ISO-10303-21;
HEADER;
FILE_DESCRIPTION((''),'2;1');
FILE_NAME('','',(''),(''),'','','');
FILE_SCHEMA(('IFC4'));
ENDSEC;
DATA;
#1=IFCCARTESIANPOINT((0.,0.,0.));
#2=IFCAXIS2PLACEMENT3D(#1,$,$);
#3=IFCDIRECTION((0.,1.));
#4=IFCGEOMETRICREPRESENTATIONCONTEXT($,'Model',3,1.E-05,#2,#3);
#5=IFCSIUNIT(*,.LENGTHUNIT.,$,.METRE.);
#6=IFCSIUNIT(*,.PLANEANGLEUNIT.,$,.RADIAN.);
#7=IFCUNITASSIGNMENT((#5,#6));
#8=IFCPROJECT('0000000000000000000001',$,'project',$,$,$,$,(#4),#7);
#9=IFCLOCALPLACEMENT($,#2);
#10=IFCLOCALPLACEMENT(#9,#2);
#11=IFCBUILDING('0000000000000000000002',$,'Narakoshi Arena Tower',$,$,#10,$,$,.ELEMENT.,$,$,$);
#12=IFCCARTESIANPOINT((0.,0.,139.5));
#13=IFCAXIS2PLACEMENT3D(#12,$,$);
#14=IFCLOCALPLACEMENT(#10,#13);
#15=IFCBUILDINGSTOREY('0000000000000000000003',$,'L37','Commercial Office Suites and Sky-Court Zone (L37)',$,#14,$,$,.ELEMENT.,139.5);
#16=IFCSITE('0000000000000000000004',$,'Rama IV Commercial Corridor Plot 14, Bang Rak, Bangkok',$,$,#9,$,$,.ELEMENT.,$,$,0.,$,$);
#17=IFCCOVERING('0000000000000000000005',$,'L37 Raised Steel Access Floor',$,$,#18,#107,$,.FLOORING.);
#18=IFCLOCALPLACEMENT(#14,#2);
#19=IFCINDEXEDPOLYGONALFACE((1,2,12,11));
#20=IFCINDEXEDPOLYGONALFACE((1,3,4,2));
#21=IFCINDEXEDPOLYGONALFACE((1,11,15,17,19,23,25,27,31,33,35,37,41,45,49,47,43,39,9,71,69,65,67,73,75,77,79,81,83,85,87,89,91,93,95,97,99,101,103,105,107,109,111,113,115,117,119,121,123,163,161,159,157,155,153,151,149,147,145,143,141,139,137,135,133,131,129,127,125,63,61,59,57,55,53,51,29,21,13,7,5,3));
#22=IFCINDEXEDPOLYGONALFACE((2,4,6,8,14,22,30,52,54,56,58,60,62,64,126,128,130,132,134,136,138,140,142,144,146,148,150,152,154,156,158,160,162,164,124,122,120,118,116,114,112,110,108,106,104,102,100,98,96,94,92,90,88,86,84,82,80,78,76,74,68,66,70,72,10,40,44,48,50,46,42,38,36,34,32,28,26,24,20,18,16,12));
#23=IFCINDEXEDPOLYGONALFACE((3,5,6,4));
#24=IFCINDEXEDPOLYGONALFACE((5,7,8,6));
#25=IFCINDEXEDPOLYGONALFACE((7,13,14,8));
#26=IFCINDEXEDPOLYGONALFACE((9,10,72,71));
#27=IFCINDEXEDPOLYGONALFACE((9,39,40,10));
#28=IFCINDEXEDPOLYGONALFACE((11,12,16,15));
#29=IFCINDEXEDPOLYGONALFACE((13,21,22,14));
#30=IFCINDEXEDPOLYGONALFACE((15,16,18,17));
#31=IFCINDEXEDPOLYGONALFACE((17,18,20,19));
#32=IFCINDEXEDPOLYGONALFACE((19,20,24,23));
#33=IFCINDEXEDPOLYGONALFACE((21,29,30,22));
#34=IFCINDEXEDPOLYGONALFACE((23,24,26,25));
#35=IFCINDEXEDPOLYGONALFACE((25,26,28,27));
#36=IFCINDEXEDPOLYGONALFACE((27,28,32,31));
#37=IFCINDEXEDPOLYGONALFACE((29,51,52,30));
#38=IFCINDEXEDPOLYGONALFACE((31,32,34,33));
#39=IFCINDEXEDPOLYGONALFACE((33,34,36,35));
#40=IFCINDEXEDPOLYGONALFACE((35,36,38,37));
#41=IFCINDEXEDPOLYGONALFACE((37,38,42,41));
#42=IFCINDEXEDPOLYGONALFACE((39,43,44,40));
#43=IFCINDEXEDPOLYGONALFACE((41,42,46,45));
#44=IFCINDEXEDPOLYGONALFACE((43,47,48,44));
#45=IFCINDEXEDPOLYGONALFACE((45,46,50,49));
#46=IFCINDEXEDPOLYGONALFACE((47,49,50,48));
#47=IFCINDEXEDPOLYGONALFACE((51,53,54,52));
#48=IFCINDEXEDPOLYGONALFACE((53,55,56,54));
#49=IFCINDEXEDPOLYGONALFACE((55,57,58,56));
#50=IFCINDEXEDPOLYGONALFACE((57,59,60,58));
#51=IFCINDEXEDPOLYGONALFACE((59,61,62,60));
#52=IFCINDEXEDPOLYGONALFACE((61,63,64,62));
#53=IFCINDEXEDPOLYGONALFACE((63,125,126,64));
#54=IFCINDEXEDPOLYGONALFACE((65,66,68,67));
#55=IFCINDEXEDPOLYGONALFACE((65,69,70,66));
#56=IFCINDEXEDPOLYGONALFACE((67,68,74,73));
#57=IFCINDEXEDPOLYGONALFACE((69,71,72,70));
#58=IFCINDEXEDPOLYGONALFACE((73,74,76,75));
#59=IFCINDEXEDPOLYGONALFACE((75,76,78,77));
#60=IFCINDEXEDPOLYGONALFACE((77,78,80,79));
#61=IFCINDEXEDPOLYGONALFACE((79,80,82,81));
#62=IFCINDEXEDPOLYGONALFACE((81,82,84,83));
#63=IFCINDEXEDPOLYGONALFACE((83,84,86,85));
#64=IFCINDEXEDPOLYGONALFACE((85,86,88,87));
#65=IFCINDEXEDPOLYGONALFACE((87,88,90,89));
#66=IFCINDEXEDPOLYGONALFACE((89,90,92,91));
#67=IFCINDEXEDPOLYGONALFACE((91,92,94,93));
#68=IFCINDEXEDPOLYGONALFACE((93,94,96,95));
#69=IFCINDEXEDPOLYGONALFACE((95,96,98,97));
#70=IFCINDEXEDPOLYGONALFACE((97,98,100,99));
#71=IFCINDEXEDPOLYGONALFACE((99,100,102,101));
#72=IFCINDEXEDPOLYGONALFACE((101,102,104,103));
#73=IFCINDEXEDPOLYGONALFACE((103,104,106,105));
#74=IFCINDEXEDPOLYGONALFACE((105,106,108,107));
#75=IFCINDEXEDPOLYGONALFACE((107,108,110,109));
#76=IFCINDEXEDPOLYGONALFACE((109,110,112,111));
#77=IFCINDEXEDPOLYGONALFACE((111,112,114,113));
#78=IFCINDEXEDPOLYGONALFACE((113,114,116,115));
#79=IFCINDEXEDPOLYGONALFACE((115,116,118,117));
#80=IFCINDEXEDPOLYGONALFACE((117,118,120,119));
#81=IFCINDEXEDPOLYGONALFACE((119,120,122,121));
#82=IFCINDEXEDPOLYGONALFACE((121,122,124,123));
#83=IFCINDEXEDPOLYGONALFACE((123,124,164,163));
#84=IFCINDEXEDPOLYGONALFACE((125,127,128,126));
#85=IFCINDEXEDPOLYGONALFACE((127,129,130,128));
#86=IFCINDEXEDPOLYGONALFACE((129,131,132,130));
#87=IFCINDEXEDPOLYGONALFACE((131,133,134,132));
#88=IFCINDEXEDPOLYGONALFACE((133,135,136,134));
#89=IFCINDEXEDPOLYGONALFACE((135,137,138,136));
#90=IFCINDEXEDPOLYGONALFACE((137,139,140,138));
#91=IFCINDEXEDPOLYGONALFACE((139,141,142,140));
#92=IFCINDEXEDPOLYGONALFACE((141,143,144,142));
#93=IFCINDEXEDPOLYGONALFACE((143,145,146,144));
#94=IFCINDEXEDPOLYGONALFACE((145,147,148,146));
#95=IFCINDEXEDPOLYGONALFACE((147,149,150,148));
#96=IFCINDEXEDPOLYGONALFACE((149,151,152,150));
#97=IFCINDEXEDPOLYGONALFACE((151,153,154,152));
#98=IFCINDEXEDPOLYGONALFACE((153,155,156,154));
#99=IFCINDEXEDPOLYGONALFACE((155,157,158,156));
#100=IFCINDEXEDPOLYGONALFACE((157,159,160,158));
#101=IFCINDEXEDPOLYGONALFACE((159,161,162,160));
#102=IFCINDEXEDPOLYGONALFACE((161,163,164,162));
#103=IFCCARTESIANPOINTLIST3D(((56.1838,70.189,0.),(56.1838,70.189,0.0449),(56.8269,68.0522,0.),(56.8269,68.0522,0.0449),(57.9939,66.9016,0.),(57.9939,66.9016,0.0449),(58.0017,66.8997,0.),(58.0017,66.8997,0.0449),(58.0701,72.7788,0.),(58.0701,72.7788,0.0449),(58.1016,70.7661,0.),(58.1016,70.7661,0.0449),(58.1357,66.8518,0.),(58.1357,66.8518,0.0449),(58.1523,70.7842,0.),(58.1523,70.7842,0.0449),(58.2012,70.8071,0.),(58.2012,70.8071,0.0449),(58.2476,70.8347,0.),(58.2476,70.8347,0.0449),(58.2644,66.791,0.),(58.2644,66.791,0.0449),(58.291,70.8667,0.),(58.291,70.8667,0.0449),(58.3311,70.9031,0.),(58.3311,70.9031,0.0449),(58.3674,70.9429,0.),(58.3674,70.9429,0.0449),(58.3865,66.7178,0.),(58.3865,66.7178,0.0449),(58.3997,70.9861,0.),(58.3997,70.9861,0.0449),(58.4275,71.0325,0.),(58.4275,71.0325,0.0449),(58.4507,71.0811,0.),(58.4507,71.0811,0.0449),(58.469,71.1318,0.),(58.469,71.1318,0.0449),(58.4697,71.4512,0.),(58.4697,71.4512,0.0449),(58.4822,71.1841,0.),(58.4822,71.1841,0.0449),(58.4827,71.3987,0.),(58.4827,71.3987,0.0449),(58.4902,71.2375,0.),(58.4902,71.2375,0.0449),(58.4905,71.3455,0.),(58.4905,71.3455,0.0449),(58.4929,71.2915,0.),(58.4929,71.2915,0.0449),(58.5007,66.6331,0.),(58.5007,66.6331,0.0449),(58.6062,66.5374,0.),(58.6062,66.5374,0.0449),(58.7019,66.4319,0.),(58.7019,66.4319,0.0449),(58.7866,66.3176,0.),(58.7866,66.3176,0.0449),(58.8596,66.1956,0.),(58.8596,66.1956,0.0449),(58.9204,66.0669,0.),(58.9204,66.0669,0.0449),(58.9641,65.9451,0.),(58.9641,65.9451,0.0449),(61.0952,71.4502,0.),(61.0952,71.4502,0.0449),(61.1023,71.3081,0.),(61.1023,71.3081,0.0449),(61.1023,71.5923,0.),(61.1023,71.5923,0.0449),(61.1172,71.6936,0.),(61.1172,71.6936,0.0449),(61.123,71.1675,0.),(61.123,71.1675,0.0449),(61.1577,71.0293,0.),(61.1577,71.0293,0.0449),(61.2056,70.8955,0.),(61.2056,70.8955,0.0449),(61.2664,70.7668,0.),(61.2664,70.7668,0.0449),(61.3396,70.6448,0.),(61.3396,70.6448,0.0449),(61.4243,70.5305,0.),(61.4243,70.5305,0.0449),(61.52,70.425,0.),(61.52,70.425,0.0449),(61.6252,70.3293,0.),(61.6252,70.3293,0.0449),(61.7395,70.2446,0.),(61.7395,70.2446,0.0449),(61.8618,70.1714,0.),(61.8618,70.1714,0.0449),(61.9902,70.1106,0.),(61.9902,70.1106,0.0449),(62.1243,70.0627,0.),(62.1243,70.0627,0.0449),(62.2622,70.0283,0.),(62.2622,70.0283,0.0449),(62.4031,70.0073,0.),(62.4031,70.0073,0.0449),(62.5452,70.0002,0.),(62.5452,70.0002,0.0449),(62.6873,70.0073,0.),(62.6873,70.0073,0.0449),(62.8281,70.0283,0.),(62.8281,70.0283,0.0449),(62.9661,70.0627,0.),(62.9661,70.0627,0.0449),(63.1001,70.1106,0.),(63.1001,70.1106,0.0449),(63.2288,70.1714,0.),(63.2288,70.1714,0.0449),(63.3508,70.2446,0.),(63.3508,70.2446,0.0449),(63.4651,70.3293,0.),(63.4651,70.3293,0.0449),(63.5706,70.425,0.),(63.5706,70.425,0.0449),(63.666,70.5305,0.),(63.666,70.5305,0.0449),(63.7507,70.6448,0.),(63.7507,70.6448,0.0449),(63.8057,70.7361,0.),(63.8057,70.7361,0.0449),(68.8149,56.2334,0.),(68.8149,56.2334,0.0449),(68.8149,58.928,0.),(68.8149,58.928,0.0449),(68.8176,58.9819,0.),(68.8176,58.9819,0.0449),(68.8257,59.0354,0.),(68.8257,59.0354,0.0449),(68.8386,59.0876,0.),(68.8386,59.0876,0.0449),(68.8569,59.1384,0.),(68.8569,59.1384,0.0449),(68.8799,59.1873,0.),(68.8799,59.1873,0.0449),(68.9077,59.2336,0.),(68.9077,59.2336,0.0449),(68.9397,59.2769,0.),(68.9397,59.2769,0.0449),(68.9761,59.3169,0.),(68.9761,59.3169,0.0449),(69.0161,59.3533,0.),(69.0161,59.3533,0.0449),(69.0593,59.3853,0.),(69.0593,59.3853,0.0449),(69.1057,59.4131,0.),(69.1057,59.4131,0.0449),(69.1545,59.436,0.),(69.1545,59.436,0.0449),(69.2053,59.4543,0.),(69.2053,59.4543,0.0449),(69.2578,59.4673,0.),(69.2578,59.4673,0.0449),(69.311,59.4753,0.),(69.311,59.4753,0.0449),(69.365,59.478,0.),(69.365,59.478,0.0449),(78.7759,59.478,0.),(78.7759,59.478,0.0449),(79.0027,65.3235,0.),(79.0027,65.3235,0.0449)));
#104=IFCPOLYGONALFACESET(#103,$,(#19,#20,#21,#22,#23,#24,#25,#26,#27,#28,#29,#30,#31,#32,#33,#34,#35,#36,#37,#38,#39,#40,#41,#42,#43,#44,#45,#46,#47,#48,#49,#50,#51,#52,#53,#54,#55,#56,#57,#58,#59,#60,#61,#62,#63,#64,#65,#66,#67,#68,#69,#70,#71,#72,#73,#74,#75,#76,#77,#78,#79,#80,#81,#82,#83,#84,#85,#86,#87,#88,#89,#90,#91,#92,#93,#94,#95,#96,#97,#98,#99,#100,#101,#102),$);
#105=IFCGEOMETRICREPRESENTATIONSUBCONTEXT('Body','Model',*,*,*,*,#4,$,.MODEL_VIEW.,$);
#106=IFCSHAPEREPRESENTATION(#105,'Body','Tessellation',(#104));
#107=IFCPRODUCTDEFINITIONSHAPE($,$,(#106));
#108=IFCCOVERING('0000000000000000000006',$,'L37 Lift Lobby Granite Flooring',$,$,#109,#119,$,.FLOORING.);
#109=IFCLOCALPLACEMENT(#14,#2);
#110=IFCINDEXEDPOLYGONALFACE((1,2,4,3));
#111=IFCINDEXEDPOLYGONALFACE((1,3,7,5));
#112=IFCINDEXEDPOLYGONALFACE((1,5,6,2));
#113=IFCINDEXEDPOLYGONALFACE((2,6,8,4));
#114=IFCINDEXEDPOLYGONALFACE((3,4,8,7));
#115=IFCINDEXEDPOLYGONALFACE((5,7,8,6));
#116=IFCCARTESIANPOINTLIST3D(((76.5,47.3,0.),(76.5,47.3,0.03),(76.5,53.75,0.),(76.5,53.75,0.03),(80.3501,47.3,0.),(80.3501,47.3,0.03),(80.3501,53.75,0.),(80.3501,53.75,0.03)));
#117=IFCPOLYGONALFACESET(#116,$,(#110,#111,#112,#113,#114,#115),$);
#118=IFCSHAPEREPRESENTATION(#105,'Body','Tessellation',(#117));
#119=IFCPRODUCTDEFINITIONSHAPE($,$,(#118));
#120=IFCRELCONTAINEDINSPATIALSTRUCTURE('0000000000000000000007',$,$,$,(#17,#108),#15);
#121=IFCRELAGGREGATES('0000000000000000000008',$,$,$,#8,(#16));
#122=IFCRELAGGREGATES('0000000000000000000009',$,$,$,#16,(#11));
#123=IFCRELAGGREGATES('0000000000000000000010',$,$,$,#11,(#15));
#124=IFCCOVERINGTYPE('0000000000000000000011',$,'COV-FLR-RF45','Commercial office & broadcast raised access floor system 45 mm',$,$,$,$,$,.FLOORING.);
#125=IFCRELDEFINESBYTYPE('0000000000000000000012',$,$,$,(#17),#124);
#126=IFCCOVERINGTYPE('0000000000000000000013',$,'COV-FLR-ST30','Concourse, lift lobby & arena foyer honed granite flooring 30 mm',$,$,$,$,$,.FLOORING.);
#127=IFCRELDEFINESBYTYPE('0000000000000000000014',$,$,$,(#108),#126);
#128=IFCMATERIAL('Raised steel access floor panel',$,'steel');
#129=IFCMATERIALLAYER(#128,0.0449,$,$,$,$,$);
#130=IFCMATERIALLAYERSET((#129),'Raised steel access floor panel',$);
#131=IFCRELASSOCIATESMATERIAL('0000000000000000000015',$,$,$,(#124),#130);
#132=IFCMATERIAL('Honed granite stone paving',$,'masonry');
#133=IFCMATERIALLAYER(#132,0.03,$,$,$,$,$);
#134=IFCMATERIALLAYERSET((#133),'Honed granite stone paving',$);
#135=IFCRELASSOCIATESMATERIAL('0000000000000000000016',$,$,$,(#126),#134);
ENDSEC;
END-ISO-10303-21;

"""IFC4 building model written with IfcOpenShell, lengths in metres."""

from ifc_helpers import new_model, si_unit, direction, frame, origin, place, context, subcontext, project, spatial, polyline, outline, extrude, material, layer, layer_set, type_object, element, save


model = new_model("IFC4")

# Units and contexts
model_context = context("Model", 3, precision=1e-05, world=origin(), true_north=direction((0.0, 1.0)))
body_context = subcontext(model_context, "Body", "Model", "MODEL_VIEW")
ifc_project = project(units=[si_unit("LENGTHUNIT", "METRE"), si_unit("PLANEANGLEUNIT", "RADIAN")], contexts=[model_context])

# Site, building, storey
site_placement = place(None, origin())
site = spatial("IfcSite", under=ifc_project, at=site_placement, Name="Rama IV Commercial Corridor Plot 14, Bang Rak, Bangkok", CompositionType="ELEMENT", RefElevation=0.0)
building_placement = place(site_placement, origin())
building = spatial("IfcBuilding", under=site, at=building_placement, Name="Narakoshi Arena Tower", CompositionType="ELEMENT")
storey_placement = place(building_placement, frame((0.0, 0.0, 139.5)))
storey = spatial("IfcBuildingStorey", under=building, at=storey_placement, Name="L37", Description="Commercial Office Suites and Sky-Court Zone (L37)", CompositionType="ELEMENT", Elevation=139.5)

# Coverings
ifc_material_1 = material(Name="Raised steel access floor panel", Category="steel")
ifc_layer_1 = layer(ifc_material_1, 0.0449)
ifc_layer_set_1 = layer_set([ifc_layer_1], Name="Raised steel access floor panel")
covering_type_1 = type_object("IfcCoveringType", Name="COV-FLR-RF45", Description="Commercial office & broadcast raised access floor system 45 mm", PredefinedType="FLOORING", material=ifc_layer_set_1)
covering_1_placement = place(storey_placement, origin())
element("IfcCovering", 1, at=covering_1_placement, inside=storey, type_object=covering_type_1, Name="L37 Raised Steel Access Floor", PredefinedType="FLOORING", context=body_context, shape_type="SweptSolid", body=[
    extrude(outline(polyline([(58.1016, 70.7661), (58.1523, 70.7842), (58.2012, 70.8071), (58.2476, 70.8347), (58.291, 70.8667), (58.3311, 70.9031), (58.3674, 70.9429), (58.3997, 70.9861), (58.4275, 71.0325), (58.4507, 71.0811), (58.469, 71.1318), (58.4822, 71.1841), (58.4902, 71.2375), (58.4929, 71.2915), (58.4905, 71.3455), (58.4827, 71.3987), (58.4697, 71.4512), (58.0701, 72.7788), (61.1172, 71.6936), (61.1023, 71.5923), (61.0952, 71.4502), (61.1023, 71.3081), (61.123, 71.1675), (61.1577, 71.0293), (61.2056, 70.8955), (61.2664, 70.7668), (61.3396, 70.6448), (61.4243, 70.5305), (61.52, 70.425), (61.6252, 70.3293), (61.7395, 70.2446), (61.8618, 70.1714), (61.9902, 70.1106), (62.1243, 70.0627), (62.2622, 70.0283), (62.4031, 70.0073), (62.5452, 70.0002), (62.6873, 70.0073), (62.8281, 70.0283), (62.9661, 70.0627), (63.1001, 70.1106), (63.2288, 70.1714), (63.3508, 70.2446), (63.4651, 70.3293), (63.5706, 70.425), (63.666, 70.5305), (63.7507, 70.6448), (63.8057, 70.7361), (79.0027, 65.3235), (78.7759, 59.478), (69.365, 59.478), (69.311, 59.4753), (69.2578, 59.4673), (69.2053, 59.4543), (69.1545, 59.436), (69.1057, 59.4131), (69.0593, 59.3853), (69.0161, 59.3533), (68.9761, 59.3169), (68.9397, 59.2769), (68.9077, 59.2336), (68.8799, 59.1873), (68.8569, 59.1384), (68.8386, 59.0876), (68.8257, 59.0354), (68.8176, 58.9819), (68.8149, 58.928), (68.8149, 56.2334), (58.9641, 65.9451), (58.9204, 66.0669), (58.8596, 66.1956), (58.7866, 66.3176), (58.7019, 66.4319), (58.6062, 66.5374), (58.5007, 66.6331), (58.3865, 66.7178), (58.2644, 66.791), (58.1357, 66.8518), (58.0017, 66.8997), (57.9939, 66.9016), (56.8269, 68.0522), (56.1838, 70.189), (58.1016, 70.7661)])), origin(), (0.0, 0.0, 1.0), 0.0449),
])
ifc_material_2 = material(Name="Honed granite stone paving", Category="masonry")
ifc_layer_2 = layer(ifc_material_2, 0.03)
ifc_layer_set_2 = layer_set([ifc_layer_2], Name="Honed granite stone paving")
covering_type_2 = type_object("IfcCoveringType", Name="COV-FLR-ST30", Description="Concourse, lift lobby & arena foyer honed granite flooring 30 mm", PredefinedType="FLOORING", material=ifc_layer_set_2)
covering_2_placement = place(storey_placement, origin())
element("IfcCovering", 2, at=covering_2_placement, inside=storey, type_object=covering_type_2, Name="L37 Lift Lobby Granite Flooring", PredefinedType="FLOORING", context=body_context, shape_type="SweptSolid", body=[
    extrude(outline(polyline([(76.5, 47.3), (80.3501, 47.3), (80.3501, 53.75), (76.5, 53.75), (76.5, 47.3)])), origin(), (0.0, 0.0, 1.0), 0.03),
])

save(model, "model.ifc")
